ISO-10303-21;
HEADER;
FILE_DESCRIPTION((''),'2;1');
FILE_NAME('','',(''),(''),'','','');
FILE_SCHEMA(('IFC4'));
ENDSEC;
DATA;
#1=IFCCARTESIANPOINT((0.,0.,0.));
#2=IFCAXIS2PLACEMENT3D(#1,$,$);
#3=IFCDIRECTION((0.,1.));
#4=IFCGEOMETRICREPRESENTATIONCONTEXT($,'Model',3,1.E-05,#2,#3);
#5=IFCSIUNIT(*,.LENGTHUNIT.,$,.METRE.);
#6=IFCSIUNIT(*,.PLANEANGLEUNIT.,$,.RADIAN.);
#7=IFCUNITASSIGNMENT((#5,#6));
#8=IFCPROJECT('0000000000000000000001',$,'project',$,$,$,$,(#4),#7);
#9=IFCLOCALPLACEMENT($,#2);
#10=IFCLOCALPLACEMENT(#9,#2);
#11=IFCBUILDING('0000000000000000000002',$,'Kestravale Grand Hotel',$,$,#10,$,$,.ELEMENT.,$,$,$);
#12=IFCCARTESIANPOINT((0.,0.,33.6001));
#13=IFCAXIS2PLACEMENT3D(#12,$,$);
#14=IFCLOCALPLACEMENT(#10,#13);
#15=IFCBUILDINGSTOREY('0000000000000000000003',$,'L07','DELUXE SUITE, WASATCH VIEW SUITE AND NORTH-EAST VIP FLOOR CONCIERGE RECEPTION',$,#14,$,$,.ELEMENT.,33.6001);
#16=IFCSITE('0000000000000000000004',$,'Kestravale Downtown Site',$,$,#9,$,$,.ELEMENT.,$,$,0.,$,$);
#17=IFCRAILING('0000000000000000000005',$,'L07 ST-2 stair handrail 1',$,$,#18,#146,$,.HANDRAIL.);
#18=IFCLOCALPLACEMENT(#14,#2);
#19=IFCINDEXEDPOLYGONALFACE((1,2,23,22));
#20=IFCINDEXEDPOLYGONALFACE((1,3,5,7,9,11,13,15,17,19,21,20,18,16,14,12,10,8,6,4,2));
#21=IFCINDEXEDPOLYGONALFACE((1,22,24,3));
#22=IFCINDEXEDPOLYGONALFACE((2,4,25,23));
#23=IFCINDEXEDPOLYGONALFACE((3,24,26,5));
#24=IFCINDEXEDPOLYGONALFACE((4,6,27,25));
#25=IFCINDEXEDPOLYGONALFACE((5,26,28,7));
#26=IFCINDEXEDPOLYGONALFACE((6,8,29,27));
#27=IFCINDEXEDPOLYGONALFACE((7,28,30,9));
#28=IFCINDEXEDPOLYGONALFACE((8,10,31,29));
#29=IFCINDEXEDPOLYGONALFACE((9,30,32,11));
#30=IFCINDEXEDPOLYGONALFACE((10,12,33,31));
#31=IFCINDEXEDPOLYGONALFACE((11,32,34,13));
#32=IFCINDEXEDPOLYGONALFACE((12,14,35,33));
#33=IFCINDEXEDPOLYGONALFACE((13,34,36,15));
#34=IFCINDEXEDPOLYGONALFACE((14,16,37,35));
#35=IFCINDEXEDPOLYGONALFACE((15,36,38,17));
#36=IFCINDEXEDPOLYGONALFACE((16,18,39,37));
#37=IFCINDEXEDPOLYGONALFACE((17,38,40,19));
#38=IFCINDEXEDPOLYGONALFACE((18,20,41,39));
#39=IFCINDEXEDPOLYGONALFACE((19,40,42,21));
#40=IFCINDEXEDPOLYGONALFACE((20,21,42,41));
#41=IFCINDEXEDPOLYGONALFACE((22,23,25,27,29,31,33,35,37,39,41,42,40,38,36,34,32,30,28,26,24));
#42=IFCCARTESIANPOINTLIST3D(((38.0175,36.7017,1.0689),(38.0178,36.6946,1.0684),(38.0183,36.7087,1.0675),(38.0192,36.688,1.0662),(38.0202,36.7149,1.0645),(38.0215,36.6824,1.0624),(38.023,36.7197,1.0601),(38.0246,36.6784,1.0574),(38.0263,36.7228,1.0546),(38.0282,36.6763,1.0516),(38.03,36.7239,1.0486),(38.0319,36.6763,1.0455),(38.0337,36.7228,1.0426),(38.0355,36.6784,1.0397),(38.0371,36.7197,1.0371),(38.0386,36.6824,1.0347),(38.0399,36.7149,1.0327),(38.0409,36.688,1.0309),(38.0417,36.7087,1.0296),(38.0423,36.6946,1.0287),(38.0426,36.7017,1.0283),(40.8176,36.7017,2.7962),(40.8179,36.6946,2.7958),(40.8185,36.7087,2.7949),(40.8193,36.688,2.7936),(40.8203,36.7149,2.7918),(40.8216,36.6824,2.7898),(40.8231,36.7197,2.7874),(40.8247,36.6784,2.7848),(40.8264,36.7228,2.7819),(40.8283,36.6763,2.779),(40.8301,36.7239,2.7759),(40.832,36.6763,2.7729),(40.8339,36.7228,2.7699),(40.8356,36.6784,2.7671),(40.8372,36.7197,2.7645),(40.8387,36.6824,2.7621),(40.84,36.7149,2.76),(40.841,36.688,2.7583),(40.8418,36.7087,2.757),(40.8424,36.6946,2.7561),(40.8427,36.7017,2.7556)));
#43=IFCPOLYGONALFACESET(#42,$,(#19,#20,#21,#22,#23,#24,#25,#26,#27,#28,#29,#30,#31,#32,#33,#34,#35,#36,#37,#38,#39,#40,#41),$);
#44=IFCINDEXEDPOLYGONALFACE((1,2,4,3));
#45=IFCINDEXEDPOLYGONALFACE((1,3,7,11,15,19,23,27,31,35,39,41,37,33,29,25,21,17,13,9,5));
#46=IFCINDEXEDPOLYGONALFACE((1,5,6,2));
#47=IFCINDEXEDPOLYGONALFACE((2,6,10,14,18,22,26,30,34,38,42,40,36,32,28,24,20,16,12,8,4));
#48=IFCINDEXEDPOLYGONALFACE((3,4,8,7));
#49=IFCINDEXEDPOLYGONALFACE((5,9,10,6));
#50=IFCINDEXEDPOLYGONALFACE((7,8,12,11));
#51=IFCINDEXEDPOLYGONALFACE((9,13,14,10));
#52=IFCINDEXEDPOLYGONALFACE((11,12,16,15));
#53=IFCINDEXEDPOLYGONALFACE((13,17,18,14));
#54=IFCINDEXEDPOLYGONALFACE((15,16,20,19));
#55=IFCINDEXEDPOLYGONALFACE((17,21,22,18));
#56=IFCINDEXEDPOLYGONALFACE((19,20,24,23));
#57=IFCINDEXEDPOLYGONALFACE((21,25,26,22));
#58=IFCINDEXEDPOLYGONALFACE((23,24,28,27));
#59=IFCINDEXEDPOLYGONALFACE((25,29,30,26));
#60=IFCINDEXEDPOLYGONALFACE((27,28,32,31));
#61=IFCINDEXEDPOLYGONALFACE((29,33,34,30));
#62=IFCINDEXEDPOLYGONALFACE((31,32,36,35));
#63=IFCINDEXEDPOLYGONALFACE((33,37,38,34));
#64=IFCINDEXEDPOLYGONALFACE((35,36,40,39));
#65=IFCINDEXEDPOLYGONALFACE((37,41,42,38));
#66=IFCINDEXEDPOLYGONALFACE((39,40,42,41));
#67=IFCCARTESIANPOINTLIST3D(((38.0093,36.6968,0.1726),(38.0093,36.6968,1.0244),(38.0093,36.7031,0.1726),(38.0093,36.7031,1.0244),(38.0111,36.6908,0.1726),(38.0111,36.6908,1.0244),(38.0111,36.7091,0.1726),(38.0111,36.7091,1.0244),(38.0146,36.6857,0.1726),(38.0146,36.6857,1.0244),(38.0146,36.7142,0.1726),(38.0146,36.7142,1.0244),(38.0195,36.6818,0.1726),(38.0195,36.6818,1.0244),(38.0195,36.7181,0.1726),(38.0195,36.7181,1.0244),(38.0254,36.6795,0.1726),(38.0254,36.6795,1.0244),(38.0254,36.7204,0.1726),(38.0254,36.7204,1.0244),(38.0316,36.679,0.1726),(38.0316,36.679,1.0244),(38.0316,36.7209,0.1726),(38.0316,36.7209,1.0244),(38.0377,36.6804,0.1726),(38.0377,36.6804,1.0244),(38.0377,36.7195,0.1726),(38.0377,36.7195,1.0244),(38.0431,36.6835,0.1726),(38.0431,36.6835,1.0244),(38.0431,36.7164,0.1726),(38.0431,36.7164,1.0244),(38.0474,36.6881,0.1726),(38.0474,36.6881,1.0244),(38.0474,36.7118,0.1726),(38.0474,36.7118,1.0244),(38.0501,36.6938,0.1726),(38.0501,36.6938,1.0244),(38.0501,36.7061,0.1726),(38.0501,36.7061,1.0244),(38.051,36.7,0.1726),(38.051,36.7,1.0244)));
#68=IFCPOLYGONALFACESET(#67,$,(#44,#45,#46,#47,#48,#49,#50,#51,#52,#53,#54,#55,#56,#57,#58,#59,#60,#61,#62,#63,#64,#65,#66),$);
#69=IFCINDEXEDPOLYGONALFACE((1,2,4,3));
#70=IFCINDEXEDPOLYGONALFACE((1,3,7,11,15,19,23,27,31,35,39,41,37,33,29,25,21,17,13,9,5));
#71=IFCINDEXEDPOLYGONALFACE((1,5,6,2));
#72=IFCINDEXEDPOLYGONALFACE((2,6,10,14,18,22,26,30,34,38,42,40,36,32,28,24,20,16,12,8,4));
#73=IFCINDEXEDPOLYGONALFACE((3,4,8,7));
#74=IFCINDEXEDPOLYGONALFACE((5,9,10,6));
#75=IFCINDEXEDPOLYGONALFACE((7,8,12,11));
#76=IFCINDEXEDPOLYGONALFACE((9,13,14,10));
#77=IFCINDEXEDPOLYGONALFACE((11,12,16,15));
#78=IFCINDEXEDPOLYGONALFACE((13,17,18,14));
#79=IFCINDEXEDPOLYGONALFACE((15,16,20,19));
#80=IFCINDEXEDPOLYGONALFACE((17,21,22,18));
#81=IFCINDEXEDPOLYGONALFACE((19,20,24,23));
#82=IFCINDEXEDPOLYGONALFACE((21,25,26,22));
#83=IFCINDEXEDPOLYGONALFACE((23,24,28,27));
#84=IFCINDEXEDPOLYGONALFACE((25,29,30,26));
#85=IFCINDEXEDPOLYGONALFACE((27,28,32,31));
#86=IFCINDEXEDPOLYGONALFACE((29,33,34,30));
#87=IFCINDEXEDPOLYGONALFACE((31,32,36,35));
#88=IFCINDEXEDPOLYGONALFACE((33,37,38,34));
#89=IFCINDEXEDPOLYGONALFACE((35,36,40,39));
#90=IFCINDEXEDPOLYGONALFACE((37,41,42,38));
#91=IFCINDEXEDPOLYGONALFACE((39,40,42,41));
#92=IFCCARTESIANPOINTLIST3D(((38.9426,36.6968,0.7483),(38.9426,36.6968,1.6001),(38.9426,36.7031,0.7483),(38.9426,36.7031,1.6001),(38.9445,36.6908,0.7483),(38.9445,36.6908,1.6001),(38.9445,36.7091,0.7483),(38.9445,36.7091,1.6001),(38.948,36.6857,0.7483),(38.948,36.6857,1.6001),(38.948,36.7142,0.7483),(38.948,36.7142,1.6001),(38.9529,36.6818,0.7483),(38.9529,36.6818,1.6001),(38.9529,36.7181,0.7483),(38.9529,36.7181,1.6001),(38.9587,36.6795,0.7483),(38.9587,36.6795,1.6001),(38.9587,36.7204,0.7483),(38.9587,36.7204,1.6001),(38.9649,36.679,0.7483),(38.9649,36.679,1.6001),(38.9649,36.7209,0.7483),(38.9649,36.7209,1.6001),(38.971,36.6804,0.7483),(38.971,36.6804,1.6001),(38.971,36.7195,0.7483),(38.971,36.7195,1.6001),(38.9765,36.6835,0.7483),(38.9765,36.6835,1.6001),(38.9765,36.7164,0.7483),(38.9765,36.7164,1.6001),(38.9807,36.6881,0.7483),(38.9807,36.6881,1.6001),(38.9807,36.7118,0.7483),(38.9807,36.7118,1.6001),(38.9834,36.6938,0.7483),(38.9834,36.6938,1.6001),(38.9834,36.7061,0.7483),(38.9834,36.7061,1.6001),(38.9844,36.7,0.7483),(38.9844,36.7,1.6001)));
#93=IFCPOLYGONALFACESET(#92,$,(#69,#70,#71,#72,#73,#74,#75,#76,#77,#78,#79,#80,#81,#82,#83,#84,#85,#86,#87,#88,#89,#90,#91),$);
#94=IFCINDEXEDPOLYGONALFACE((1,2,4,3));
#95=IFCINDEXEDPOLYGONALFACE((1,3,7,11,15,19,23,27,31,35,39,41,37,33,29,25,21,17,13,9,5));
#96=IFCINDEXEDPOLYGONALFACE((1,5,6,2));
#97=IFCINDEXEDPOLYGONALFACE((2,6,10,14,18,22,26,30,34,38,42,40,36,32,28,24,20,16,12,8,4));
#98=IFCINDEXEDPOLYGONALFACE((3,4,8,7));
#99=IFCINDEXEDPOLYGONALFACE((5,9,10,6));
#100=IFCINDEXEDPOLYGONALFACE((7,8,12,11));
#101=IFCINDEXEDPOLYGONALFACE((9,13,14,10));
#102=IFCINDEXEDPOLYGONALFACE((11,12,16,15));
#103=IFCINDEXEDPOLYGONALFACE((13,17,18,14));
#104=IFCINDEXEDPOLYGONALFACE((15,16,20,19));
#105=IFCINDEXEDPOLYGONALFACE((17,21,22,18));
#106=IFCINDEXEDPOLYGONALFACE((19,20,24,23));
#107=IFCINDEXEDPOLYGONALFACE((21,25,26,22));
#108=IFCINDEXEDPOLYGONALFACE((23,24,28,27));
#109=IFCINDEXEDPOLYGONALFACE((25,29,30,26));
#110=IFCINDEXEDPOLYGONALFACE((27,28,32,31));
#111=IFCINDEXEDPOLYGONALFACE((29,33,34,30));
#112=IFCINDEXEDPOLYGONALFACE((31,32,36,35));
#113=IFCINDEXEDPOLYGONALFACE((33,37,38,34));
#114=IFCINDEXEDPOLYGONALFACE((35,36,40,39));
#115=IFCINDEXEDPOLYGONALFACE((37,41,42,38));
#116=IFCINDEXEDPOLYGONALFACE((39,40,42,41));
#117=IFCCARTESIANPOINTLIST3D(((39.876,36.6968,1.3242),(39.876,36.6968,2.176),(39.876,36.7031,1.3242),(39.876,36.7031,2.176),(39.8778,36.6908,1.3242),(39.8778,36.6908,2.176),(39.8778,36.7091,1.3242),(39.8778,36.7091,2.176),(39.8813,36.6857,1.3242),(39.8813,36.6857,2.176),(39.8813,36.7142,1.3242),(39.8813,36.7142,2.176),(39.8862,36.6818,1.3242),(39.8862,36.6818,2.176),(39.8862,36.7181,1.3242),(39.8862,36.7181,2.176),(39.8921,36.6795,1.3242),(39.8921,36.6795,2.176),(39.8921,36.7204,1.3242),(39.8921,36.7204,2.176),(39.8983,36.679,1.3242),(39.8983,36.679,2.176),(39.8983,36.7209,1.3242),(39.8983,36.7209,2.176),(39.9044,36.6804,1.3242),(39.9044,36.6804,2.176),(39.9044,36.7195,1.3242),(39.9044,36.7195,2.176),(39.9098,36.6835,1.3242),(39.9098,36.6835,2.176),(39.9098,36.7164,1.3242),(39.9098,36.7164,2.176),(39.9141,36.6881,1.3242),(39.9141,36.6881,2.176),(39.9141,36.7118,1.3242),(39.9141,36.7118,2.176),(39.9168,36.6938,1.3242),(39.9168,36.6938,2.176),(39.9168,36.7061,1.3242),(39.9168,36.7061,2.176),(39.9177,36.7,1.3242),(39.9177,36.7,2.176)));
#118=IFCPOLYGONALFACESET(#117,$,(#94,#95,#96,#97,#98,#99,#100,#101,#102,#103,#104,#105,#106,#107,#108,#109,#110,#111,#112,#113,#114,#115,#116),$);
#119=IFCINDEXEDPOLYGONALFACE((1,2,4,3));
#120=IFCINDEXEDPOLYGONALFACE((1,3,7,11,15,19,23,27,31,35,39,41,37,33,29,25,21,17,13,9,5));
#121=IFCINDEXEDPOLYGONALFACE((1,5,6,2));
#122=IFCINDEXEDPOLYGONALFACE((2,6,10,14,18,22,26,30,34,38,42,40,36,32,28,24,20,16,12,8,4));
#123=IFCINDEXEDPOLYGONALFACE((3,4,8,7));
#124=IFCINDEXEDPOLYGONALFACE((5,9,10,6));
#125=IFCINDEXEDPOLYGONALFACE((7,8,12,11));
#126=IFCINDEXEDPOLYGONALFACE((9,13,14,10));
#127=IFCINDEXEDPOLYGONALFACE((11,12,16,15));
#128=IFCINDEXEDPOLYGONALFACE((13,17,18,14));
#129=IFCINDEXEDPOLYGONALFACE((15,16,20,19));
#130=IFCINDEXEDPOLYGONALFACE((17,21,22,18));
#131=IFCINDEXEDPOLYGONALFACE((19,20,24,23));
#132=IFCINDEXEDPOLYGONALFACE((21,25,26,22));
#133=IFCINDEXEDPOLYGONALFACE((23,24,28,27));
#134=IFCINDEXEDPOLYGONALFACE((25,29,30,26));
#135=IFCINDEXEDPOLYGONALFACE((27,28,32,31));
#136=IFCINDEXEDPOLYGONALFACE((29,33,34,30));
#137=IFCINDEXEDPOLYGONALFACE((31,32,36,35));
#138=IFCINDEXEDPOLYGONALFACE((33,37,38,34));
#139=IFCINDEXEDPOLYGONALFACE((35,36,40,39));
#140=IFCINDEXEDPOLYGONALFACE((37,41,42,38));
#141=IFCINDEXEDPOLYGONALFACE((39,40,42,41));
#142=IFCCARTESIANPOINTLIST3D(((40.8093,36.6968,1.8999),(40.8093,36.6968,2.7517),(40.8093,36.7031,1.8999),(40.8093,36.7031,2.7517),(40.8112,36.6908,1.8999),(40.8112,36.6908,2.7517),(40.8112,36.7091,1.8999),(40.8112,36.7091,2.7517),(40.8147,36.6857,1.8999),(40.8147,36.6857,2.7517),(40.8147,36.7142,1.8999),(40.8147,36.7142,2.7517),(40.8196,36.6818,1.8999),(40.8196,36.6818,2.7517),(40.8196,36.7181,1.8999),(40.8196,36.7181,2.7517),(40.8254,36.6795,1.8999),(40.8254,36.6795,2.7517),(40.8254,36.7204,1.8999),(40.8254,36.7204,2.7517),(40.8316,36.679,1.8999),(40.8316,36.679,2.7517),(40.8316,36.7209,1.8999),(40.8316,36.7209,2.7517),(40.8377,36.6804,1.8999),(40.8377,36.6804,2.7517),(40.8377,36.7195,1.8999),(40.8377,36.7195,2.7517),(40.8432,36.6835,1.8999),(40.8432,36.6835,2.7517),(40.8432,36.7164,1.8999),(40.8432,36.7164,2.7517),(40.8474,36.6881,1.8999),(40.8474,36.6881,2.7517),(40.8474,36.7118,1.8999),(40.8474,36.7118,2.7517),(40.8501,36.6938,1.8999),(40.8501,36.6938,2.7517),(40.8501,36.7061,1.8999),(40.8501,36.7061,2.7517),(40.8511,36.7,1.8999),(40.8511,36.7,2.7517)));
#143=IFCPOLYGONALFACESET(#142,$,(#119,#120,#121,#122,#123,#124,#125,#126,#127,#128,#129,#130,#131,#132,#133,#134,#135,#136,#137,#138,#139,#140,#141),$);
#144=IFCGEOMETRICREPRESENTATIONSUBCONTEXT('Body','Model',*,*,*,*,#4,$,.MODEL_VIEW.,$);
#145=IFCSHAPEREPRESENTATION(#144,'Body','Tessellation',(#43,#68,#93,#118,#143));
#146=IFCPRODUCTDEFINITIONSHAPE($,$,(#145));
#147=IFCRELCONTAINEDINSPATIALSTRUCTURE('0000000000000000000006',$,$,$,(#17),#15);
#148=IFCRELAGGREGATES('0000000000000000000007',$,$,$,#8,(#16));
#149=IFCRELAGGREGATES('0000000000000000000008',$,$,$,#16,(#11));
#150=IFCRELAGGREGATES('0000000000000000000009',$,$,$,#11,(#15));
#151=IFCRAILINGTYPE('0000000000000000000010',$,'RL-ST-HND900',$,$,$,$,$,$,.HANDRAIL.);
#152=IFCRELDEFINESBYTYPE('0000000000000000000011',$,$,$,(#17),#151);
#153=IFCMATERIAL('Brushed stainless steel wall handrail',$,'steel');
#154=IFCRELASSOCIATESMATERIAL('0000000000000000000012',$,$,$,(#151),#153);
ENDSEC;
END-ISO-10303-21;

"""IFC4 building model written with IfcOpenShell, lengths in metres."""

from ifc_helpers import new_model, si_unit, direction, frame, origin, origin_2d, place, context, subcontext, project, spatial, circle, extrude, material, type_object, element, save


model = new_model("IFC4")

# Units and contexts
model_context = context("Model", 3, precision=1e-05, world=origin(), true_north=direction((0.0, 1.0)))
body_context = subcontext(model_context, "Body", "Model", "MODEL_VIEW")
ifc_project = project(units=[si_unit("LENGTHUNIT", "METRE"), si_unit("PLANEANGLEUNIT", "RADIAN")], contexts=[model_context])

# Site, building, storey
site_placement = place(None, origin())
site = spatial("IfcSite", under=ifc_project, at=site_placement, Name="Kestravale Downtown Site", CompositionType="ELEMENT", RefElevation=0.0)
building_placement = place(site_placement, origin())
building = spatial("IfcBuilding", under=site, at=building_placement, Name="Kestravale Grand Hotel", CompositionType="ELEMENT")
storey_placement = place(building_placement, frame((0.0, 0.0, 33.6001)))
storey = spatial("IfcBuildingStorey", under=building, at=storey_placement, Name="L07", Description="DELUXE SUITE, WASATCH VIEW SUITE AND NORTH-EAST VIP FLOOR CONCIERGE RECEPTION", CompositionType="ELEMENT", Elevation=33.6001)

# Railing
ifc_material_1 = material(Name="Brushed stainless steel wall handrail", Category="steel")
railing_type_1 = type_object("IfcRailingType", Name="RL-ST-HND900", PredefinedType="HANDRAIL", material=ifc_material_1)
railing_1_placement = place(storey_placement, frame((38.03, 36.7, 0.1726)))
element("IfcRailing", 1, at=railing_1_placement, inside=storey, type_object=railing_type_1, Name="L07 ST-2 stair handrail 1", PredefinedType="HANDRAIL", context=body_context, shape_type="SweptSolid", body=[
    extrude(circle(Radius=0.0239, at=origin_2d()), frame((0.0, 0.0, 0.876), z_axis=(0.85109, 0.0, 0.52502), x_axis=(0.0, 1.0, 0.0)), (0.0, 0.0, 1.0), 3.29),
    extrude(circle(Radius=0.021, at=origin_2d()), origin(), (0.0, 0.0, 1.0), 0.8518),
    extrude(circle(Radius=0.021, at=origin_2d()), frame((0.9333, 0.0, 0.5757)), (0.0, 0.0, 1.0), 0.8518),
    extrude(circle(Radius=0.021, at=origin_2d()), frame((1.8667, 0.0, 1.1516)), (0.0, 0.0, 1.0), 0.8518),
    extrude(circle(Radius=0.021, at=origin_2d()), frame((2.8, 0.0, 1.7273)), (0.0, 0.0, 1.0), 0.8518),
])

save(model, "model.ifc")
